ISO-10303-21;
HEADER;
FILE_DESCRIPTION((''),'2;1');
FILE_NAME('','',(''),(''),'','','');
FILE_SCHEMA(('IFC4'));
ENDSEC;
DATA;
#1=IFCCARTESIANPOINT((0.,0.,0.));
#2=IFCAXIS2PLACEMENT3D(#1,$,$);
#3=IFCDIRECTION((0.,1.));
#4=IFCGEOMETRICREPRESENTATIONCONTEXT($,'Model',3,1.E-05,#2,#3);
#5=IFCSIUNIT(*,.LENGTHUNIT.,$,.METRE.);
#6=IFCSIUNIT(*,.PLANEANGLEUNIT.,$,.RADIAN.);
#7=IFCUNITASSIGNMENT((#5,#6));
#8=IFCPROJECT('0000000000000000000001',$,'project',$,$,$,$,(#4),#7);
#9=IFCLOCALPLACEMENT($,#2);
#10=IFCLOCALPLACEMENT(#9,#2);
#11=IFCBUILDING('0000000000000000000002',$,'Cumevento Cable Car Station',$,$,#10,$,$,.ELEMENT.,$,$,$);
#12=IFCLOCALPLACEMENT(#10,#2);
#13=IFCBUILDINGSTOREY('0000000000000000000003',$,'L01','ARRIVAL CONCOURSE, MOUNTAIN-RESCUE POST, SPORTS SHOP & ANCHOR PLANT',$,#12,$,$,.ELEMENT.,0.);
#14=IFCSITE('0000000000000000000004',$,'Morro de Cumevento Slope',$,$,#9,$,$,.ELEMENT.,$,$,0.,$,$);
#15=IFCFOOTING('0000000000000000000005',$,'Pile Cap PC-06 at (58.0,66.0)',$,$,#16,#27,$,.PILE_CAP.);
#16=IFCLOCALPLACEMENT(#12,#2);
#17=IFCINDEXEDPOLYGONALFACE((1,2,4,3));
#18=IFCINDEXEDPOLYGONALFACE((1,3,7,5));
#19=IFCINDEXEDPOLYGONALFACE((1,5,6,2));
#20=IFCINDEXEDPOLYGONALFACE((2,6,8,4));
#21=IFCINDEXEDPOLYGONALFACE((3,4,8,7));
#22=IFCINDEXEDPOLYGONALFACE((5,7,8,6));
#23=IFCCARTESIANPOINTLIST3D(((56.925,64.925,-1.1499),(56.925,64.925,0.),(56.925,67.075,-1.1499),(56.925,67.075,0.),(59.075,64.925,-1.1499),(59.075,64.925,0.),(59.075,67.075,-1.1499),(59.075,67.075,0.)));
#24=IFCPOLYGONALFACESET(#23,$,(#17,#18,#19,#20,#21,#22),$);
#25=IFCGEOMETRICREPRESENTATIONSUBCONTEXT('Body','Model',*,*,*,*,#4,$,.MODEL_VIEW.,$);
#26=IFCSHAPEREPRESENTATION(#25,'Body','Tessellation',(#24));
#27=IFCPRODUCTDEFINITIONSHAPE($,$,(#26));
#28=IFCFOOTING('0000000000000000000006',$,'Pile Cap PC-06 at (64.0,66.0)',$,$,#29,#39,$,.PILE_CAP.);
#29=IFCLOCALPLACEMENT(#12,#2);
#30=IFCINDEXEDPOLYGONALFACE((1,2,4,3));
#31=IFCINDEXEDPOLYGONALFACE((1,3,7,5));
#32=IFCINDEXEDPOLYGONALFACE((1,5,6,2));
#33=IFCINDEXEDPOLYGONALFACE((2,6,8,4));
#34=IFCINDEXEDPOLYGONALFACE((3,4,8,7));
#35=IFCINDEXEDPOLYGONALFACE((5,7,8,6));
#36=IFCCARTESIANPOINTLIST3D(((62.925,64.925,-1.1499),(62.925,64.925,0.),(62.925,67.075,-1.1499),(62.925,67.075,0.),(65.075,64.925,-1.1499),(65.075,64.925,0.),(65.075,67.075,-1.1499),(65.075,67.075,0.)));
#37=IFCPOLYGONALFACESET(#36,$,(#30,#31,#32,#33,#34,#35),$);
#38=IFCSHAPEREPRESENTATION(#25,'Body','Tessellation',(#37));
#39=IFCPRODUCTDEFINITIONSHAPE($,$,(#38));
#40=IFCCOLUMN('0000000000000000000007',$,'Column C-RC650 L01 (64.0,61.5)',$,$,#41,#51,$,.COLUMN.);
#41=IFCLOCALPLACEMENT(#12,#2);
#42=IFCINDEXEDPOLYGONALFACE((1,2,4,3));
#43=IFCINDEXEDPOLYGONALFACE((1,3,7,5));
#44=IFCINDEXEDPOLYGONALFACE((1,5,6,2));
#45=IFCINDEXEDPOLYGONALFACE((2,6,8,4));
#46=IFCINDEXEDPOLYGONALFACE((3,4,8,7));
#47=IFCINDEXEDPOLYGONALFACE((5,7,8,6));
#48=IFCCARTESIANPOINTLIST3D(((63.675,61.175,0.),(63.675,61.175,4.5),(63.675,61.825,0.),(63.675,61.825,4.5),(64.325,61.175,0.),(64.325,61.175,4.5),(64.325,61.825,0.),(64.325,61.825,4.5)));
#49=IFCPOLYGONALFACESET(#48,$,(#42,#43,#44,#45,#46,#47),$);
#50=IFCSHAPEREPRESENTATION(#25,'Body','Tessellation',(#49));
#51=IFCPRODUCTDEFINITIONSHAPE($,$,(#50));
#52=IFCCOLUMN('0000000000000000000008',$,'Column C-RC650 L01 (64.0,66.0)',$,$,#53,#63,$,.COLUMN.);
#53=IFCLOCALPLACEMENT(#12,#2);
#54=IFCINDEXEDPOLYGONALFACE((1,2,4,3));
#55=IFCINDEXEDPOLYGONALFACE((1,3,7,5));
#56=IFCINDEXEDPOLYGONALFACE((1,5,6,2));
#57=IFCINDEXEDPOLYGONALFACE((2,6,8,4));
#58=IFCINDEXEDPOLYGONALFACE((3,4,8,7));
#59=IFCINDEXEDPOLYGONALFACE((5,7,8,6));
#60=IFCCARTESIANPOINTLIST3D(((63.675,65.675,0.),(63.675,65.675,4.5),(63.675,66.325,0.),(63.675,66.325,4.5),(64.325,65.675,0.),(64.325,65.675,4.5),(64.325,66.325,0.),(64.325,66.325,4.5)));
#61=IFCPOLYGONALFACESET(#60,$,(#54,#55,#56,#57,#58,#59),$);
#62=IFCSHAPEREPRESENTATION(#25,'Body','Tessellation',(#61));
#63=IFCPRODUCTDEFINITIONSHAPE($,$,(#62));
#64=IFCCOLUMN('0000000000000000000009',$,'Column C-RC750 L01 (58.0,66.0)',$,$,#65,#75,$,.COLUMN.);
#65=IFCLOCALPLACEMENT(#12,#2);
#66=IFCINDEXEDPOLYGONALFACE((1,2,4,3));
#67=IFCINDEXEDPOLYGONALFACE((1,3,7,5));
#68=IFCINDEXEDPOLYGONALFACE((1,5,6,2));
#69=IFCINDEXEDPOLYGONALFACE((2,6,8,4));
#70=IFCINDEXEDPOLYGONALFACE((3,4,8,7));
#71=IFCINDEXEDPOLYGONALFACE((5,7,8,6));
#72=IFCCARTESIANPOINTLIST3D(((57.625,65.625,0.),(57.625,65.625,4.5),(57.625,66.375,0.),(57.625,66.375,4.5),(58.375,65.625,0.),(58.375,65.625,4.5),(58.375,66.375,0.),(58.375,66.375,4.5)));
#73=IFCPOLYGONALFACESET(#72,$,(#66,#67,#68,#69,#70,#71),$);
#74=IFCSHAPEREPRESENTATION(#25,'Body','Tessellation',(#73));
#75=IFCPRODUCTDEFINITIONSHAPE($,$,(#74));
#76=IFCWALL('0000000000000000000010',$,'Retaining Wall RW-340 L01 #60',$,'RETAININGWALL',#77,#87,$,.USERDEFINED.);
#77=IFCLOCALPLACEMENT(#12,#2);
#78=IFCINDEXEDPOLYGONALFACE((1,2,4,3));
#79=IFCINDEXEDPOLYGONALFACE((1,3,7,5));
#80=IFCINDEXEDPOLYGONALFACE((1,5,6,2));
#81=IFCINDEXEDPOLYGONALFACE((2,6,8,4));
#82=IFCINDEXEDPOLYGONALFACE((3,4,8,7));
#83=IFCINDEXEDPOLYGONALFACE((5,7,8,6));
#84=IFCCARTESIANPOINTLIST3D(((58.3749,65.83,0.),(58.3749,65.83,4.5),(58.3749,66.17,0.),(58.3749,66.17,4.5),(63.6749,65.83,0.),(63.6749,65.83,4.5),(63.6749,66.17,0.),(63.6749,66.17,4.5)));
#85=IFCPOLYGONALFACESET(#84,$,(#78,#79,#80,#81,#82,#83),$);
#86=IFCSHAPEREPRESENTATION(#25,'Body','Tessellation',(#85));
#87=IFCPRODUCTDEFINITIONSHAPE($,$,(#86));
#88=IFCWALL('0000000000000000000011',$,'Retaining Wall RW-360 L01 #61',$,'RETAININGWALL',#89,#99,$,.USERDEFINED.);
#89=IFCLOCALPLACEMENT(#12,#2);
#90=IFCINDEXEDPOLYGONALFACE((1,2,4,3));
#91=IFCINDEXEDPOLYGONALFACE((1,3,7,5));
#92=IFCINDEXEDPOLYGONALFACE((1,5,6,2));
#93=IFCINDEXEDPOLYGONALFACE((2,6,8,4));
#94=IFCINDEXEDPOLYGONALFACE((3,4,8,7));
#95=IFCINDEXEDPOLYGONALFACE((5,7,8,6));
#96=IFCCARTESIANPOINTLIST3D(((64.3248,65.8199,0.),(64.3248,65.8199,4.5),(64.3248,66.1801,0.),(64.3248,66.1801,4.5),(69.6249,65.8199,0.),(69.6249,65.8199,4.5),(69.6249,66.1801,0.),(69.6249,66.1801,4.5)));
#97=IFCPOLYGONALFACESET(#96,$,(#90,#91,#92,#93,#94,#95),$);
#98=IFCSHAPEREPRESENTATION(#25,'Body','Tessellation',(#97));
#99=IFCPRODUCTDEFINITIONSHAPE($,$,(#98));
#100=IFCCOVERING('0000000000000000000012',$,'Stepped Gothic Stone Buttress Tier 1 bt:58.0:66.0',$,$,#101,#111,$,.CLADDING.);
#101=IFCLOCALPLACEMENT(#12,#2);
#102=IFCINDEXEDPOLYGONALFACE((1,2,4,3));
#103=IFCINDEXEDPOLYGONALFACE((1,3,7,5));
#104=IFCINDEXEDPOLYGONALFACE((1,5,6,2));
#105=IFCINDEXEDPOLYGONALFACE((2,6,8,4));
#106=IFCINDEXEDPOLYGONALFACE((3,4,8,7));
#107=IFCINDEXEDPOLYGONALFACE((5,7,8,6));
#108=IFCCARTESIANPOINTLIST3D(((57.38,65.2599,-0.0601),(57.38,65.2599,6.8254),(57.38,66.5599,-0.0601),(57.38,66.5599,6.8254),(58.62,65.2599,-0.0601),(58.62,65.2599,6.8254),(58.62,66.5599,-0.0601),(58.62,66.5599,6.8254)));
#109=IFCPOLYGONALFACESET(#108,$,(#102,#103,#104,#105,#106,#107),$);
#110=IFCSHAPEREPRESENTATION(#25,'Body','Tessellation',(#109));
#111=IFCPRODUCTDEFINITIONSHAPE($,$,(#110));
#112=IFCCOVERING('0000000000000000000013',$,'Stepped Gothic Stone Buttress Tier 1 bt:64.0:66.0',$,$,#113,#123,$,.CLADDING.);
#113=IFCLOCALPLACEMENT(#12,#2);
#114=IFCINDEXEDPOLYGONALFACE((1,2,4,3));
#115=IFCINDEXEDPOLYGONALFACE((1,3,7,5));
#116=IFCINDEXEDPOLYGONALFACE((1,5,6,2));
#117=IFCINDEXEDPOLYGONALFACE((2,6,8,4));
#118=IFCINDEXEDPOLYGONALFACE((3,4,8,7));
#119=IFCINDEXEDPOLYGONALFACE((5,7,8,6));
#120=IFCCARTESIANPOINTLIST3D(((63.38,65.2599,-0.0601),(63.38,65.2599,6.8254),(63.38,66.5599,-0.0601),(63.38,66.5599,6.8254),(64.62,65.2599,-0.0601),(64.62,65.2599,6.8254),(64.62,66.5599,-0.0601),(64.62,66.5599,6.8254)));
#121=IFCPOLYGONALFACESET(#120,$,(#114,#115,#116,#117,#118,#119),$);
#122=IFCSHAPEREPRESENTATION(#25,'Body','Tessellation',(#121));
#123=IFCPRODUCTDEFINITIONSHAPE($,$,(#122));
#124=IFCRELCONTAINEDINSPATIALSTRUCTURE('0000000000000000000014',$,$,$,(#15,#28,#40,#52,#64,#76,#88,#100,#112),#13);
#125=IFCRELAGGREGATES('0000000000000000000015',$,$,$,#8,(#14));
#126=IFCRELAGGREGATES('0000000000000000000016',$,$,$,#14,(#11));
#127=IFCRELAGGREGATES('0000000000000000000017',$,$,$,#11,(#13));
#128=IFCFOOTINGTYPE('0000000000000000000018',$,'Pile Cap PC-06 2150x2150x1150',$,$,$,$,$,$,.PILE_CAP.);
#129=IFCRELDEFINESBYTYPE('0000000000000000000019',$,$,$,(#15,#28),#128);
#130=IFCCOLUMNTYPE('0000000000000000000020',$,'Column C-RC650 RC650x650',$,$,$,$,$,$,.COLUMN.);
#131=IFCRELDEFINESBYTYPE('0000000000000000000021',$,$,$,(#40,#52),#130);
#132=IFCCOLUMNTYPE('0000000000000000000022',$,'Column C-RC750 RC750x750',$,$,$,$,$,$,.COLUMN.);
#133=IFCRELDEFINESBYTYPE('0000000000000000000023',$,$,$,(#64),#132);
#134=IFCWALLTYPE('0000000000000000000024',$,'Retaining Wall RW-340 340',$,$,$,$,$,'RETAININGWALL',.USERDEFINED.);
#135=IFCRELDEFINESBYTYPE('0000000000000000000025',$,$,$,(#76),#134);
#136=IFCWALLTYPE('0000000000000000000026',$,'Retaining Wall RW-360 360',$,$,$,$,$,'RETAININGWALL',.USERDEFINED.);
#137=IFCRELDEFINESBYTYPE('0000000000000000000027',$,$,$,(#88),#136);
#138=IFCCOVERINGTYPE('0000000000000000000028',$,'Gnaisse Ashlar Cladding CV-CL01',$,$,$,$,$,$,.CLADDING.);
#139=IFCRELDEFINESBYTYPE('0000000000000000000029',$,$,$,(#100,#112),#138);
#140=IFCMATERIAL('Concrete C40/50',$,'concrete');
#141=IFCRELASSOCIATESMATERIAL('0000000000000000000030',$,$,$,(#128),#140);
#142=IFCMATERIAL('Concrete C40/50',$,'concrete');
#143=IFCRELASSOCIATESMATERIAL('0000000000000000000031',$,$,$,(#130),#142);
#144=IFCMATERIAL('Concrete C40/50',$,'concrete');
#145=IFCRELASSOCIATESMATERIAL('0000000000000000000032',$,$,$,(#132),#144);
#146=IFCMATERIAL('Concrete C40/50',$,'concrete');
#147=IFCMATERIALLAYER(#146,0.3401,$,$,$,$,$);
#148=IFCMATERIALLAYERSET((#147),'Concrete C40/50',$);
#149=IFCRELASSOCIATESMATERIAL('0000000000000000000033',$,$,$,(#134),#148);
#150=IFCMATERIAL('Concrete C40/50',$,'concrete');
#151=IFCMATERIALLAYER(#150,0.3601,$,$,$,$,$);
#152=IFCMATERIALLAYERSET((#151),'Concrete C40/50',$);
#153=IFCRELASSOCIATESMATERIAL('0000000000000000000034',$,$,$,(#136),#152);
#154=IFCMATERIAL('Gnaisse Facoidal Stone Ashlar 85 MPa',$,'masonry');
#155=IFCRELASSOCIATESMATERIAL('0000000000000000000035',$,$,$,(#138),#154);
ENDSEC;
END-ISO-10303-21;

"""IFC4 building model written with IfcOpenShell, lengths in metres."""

from ifc_helpers import new_model, si_unit, direction, frame, frame_2d, origin, origin_2d, place, context, subcontext, project, spatial, rectangle, extrude, material, layer, layer_set, material_profile, profile_set, type_object, element, save


model = new_model("IFC4")

# Units and contexts
model_context = context("Model", 3, precision=1e-05, world=origin(), true_north=direction((0.0, 1.0)))
body_context = subcontext(model_context, "Body", "Model", "MODEL_VIEW")
ifc_project = project(units=[si_unit("LENGTHUNIT", "METRE"), si_unit("PLANEANGLEUNIT", "RADIAN")], contexts=[model_context])

# Site, building, storey
site_placement = place(None, origin())
site = spatial("IfcSite", under=ifc_project, at=site_placement, Name="Morro de Cumevento Slope", CompositionType="ELEMENT", RefElevation=0.0)
building_placement = place(site_placement, origin())
building = spatial("IfcBuilding", under=site, at=building_placement, Name="Cumevento Cable Car Station", CompositionType="ELEMENT")
storey_placement = place(building_placement, origin())
storey = spatial("IfcBuildingStorey", under=building, at=storey_placement, Name="L01", Description="ARRIVAL CONCOURSE, MOUNTAIN-RESCUE POST, SPORTS SHOP & ANCHOR PLANT", CompositionType="ELEMENT", Elevation=0.0)

# Footings
ifc_material_1 = material(Name="Concrete C40/50", Category="concrete")
footing_type = type_object("IfcFootingType", Name="Pile Cap PC-06 2150x2150x1150", PredefinedType="PILE_CAP", material=ifc_material_1)
for number, where, z_axis, x_axis, name in (
    (1, (58.0, 66.0, -1.1499), (0.0, 0.0, 1.0), (1.0, 0.0, 0.0), "Pile Cap PC-06 at (58.0,66.0)"),
    (2, (64.0, 66.0, -1.1499), (0.0, 0.0, 1.0), (1.0, 0.0, 0.0), "Pile Cap PC-06 at (64.0,66.0)"),
):
    element("IfcFooting", number, at=place(storey_placement, frame(where, z_axis=z_axis, x_axis=x_axis)), inside=storey, type_object=footing_type, Name=name, PredefinedType="PILE_CAP", context=body_context, shape_type="SweptSolid", body=[
        extrude(rectangle(XDim=2.1499, YDim=2.1499, at=origin_2d()), origin(), (0.0, 0.0, 1.0), 1.1499),
    ])

# Columns
ifc_material_2 = material(Name="Concrete C40/50", Category="concrete")
ifc_material_profile_1 = material_profile(ifc_material_2, rectangle(XDim=0.6499, YDim=0.6499, at=origin_2d()), Name="RC650x650")
ifc_profile_set_1 = profile_set([ifc_material_profile_1], Name="Concrete C40/50")
column_type_1 = type_object("IfcColumnType", Name="Column C-RC650 RC650x650", PredefinedType="COLUMN", material=ifc_profile_set_1)
for number, where, z_axis, x_axis, name in (
    (3, (64.0, 61.5, 0.0), (0.0, 0.0, 1.0), (1.0, 0.0, 0.0), "Column C-RC650 L01 (64.0,61.5)"),
    (4, (64.0, 66.0, 0.0), (0.0, 0.0, 1.0), (1.0, 0.0, 0.0), "Column C-RC650 L01 (64.0,66.0)"),
):
    element("IfcColumn", number, at=place(storey_placement, frame(where, z_axis=z_axis, x_axis=x_axis)), inside=storey, type_object=column_type_1, Name=name, PredefinedType="COLUMN", context=body_context, shape_type="SweptSolid", body=[
        extrude(rectangle(XDim=0.6499, YDim=0.6499, at=origin_2d()), origin(), (0.0, 0.0, 1.0), 4.5),
    ])
ifc_material_3 = material(Name="Concrete C40/50", Category="concrete")
ifc_material_profile_2 = material_profile(ifc_material_3, rectangle(XDim=0.75, YDim=0.75, at=origin_2d()), Name="RC750x750")
ifc_profile_set_2 = profile_set([ifc_material_profile_2], Name="Concrete C40/50")
column_type_2 = type_object("IfcColumnType", Name="Column C-RC750 RC750x750", PredefinedType="COLUMN", material=ifc_profile_set_2)
column_placement = place(storey_placement, frame((58.0, 66.0, 0.0), z_axis=(0.0, 0.0, 1.0), x_axis=(1.0, 0.0, 0.0)))
element("IfcColumn", 5, at=column_placement, inside=storey, type_object=column_type_2, Name="Column C-RC750 L01 (58.0,66.0)", PredefinedType="COLUMN", context=body_context, shape_type="SweptSolid", body=[
    extrude(rectangle(XDim=0.75, YDim=0.75, at=origin_2d()), origin(), (0.0, 0.0, 1.0), 4.5),
])

# Walls
ifc_material_4 = material(Name="Concrete C40/50", Category="concrete")
ifc_layer_1 = layer(ifc_material_4, 0.3401)
ifc_layer_set_1 = layer_set([ifc_layer_1], Name="Concrete C40/50")
wall_type_1 = type_object("IfcWallType", Name="Retaining Wall RW-340 340", ElementType="RETAININGWALL", PredefinedType="USERDEFINED", material=ifc_layer_set_1)
wall_1_placement = place(storey_placement, frame((58.375, 66.0, 0.0), z_axis=(0.0, 0.0, 1.0), x_axis=(1.0, 0.0, 0.0)))
element("IfcWall", 6, at=wall_1_placement, inside=storey, type_object=wall_type_1, Name="Retaining Wall RW-340 L01 #60", ObjectType="RETAININGWALL", PredefinedType="USERDEFINED", context=body_context, shape_type="SweptSolid", body=[
    extrude(rectangle(XDim=5.3, YDim=0.3401, at=frame_2d((2.6499, 0.0))), origin(), (0.0, 0.0, 1.0), 4.5),
])
ifc_material_5 = material(Name="Concrete C40/50", Category="concrete")
ifc_layer_2 = layer(ifc_material_5, 0.3601)
ifc_layer_set_2 = layer_set([ifc_layer_2], Name="Concrete C40/50")
wall_type_2 = type_object("IfcWallType", Name="Retaining Wall RW-360 360", ElementType="RETAININGWALL", PredefinedType="USERDEFINED", material=ifc_layer_set_2)
wall_2_placement = place(storey_placement, frame((64.325, 66.0, 0.0), z_axis=(0.0, 0.0, 1.0), x_axis=(1.0, 0.0, 0.0)))
element("IfcWall", 7, at=wall_2_placement, inside=storey, type_object=wall_type_2, Name="Retaining Wall RW-360 L01 #61", ObjectType="RETAININGWALL", PredefinedType="USERDEFINED", context=body_context, shape_type="SweptSolid", body=[
    extrude(rectangle(XDim=5.3, YDim=0.3601, at=frame_2d((2.6499, 0.0))), origin(), (0.0, 0.0, 1.0), 4.5),
])

# Coverings
ifc_material_6 = material(Name="Gnaisse Facoidal Stone Ashlar 85 MPa", Category="masonry")
covering_type = type_object("IfcCoveringType", Name="Gnaisse Ashlar Cladding CV-CL01", PredefinedType="CLADDING", material=ifc_material_6)
for number, where, z_axis, x_axis, name in (
    (8, (58.0, 65.9099, -0.0601), (0.0, 0.0, 1.0), (1.0, 0.0, 0.0), "Stepped Gothic Stone Buttress Tier 1 bt:58.0:66.0"),
    (9, (64.0, 65.9099, -0.0601), (0.0, 0.0, 1.0), (1.0, 0.0, 0.0), "Stepped Gothic Stone Buttress Tier 1 bt:64.0:66.0"),
):
    element("IfcCovering", number, at=place(storey_placement, frame(where, z_axis=z_axis, x_axis=x_axis)), inside=storey, type_object=covering_type, Name=name, PredefinedType="CLADDING", context=body_context, shape_type="SweptSolid", body=[
        extrude(rectangle(XDim=1.24, YDim=1.3, at=origin_2d()), origin(), (0.0, 0.0, 1.0), 6.8855),
    ])

save(model, "model.ifc")
